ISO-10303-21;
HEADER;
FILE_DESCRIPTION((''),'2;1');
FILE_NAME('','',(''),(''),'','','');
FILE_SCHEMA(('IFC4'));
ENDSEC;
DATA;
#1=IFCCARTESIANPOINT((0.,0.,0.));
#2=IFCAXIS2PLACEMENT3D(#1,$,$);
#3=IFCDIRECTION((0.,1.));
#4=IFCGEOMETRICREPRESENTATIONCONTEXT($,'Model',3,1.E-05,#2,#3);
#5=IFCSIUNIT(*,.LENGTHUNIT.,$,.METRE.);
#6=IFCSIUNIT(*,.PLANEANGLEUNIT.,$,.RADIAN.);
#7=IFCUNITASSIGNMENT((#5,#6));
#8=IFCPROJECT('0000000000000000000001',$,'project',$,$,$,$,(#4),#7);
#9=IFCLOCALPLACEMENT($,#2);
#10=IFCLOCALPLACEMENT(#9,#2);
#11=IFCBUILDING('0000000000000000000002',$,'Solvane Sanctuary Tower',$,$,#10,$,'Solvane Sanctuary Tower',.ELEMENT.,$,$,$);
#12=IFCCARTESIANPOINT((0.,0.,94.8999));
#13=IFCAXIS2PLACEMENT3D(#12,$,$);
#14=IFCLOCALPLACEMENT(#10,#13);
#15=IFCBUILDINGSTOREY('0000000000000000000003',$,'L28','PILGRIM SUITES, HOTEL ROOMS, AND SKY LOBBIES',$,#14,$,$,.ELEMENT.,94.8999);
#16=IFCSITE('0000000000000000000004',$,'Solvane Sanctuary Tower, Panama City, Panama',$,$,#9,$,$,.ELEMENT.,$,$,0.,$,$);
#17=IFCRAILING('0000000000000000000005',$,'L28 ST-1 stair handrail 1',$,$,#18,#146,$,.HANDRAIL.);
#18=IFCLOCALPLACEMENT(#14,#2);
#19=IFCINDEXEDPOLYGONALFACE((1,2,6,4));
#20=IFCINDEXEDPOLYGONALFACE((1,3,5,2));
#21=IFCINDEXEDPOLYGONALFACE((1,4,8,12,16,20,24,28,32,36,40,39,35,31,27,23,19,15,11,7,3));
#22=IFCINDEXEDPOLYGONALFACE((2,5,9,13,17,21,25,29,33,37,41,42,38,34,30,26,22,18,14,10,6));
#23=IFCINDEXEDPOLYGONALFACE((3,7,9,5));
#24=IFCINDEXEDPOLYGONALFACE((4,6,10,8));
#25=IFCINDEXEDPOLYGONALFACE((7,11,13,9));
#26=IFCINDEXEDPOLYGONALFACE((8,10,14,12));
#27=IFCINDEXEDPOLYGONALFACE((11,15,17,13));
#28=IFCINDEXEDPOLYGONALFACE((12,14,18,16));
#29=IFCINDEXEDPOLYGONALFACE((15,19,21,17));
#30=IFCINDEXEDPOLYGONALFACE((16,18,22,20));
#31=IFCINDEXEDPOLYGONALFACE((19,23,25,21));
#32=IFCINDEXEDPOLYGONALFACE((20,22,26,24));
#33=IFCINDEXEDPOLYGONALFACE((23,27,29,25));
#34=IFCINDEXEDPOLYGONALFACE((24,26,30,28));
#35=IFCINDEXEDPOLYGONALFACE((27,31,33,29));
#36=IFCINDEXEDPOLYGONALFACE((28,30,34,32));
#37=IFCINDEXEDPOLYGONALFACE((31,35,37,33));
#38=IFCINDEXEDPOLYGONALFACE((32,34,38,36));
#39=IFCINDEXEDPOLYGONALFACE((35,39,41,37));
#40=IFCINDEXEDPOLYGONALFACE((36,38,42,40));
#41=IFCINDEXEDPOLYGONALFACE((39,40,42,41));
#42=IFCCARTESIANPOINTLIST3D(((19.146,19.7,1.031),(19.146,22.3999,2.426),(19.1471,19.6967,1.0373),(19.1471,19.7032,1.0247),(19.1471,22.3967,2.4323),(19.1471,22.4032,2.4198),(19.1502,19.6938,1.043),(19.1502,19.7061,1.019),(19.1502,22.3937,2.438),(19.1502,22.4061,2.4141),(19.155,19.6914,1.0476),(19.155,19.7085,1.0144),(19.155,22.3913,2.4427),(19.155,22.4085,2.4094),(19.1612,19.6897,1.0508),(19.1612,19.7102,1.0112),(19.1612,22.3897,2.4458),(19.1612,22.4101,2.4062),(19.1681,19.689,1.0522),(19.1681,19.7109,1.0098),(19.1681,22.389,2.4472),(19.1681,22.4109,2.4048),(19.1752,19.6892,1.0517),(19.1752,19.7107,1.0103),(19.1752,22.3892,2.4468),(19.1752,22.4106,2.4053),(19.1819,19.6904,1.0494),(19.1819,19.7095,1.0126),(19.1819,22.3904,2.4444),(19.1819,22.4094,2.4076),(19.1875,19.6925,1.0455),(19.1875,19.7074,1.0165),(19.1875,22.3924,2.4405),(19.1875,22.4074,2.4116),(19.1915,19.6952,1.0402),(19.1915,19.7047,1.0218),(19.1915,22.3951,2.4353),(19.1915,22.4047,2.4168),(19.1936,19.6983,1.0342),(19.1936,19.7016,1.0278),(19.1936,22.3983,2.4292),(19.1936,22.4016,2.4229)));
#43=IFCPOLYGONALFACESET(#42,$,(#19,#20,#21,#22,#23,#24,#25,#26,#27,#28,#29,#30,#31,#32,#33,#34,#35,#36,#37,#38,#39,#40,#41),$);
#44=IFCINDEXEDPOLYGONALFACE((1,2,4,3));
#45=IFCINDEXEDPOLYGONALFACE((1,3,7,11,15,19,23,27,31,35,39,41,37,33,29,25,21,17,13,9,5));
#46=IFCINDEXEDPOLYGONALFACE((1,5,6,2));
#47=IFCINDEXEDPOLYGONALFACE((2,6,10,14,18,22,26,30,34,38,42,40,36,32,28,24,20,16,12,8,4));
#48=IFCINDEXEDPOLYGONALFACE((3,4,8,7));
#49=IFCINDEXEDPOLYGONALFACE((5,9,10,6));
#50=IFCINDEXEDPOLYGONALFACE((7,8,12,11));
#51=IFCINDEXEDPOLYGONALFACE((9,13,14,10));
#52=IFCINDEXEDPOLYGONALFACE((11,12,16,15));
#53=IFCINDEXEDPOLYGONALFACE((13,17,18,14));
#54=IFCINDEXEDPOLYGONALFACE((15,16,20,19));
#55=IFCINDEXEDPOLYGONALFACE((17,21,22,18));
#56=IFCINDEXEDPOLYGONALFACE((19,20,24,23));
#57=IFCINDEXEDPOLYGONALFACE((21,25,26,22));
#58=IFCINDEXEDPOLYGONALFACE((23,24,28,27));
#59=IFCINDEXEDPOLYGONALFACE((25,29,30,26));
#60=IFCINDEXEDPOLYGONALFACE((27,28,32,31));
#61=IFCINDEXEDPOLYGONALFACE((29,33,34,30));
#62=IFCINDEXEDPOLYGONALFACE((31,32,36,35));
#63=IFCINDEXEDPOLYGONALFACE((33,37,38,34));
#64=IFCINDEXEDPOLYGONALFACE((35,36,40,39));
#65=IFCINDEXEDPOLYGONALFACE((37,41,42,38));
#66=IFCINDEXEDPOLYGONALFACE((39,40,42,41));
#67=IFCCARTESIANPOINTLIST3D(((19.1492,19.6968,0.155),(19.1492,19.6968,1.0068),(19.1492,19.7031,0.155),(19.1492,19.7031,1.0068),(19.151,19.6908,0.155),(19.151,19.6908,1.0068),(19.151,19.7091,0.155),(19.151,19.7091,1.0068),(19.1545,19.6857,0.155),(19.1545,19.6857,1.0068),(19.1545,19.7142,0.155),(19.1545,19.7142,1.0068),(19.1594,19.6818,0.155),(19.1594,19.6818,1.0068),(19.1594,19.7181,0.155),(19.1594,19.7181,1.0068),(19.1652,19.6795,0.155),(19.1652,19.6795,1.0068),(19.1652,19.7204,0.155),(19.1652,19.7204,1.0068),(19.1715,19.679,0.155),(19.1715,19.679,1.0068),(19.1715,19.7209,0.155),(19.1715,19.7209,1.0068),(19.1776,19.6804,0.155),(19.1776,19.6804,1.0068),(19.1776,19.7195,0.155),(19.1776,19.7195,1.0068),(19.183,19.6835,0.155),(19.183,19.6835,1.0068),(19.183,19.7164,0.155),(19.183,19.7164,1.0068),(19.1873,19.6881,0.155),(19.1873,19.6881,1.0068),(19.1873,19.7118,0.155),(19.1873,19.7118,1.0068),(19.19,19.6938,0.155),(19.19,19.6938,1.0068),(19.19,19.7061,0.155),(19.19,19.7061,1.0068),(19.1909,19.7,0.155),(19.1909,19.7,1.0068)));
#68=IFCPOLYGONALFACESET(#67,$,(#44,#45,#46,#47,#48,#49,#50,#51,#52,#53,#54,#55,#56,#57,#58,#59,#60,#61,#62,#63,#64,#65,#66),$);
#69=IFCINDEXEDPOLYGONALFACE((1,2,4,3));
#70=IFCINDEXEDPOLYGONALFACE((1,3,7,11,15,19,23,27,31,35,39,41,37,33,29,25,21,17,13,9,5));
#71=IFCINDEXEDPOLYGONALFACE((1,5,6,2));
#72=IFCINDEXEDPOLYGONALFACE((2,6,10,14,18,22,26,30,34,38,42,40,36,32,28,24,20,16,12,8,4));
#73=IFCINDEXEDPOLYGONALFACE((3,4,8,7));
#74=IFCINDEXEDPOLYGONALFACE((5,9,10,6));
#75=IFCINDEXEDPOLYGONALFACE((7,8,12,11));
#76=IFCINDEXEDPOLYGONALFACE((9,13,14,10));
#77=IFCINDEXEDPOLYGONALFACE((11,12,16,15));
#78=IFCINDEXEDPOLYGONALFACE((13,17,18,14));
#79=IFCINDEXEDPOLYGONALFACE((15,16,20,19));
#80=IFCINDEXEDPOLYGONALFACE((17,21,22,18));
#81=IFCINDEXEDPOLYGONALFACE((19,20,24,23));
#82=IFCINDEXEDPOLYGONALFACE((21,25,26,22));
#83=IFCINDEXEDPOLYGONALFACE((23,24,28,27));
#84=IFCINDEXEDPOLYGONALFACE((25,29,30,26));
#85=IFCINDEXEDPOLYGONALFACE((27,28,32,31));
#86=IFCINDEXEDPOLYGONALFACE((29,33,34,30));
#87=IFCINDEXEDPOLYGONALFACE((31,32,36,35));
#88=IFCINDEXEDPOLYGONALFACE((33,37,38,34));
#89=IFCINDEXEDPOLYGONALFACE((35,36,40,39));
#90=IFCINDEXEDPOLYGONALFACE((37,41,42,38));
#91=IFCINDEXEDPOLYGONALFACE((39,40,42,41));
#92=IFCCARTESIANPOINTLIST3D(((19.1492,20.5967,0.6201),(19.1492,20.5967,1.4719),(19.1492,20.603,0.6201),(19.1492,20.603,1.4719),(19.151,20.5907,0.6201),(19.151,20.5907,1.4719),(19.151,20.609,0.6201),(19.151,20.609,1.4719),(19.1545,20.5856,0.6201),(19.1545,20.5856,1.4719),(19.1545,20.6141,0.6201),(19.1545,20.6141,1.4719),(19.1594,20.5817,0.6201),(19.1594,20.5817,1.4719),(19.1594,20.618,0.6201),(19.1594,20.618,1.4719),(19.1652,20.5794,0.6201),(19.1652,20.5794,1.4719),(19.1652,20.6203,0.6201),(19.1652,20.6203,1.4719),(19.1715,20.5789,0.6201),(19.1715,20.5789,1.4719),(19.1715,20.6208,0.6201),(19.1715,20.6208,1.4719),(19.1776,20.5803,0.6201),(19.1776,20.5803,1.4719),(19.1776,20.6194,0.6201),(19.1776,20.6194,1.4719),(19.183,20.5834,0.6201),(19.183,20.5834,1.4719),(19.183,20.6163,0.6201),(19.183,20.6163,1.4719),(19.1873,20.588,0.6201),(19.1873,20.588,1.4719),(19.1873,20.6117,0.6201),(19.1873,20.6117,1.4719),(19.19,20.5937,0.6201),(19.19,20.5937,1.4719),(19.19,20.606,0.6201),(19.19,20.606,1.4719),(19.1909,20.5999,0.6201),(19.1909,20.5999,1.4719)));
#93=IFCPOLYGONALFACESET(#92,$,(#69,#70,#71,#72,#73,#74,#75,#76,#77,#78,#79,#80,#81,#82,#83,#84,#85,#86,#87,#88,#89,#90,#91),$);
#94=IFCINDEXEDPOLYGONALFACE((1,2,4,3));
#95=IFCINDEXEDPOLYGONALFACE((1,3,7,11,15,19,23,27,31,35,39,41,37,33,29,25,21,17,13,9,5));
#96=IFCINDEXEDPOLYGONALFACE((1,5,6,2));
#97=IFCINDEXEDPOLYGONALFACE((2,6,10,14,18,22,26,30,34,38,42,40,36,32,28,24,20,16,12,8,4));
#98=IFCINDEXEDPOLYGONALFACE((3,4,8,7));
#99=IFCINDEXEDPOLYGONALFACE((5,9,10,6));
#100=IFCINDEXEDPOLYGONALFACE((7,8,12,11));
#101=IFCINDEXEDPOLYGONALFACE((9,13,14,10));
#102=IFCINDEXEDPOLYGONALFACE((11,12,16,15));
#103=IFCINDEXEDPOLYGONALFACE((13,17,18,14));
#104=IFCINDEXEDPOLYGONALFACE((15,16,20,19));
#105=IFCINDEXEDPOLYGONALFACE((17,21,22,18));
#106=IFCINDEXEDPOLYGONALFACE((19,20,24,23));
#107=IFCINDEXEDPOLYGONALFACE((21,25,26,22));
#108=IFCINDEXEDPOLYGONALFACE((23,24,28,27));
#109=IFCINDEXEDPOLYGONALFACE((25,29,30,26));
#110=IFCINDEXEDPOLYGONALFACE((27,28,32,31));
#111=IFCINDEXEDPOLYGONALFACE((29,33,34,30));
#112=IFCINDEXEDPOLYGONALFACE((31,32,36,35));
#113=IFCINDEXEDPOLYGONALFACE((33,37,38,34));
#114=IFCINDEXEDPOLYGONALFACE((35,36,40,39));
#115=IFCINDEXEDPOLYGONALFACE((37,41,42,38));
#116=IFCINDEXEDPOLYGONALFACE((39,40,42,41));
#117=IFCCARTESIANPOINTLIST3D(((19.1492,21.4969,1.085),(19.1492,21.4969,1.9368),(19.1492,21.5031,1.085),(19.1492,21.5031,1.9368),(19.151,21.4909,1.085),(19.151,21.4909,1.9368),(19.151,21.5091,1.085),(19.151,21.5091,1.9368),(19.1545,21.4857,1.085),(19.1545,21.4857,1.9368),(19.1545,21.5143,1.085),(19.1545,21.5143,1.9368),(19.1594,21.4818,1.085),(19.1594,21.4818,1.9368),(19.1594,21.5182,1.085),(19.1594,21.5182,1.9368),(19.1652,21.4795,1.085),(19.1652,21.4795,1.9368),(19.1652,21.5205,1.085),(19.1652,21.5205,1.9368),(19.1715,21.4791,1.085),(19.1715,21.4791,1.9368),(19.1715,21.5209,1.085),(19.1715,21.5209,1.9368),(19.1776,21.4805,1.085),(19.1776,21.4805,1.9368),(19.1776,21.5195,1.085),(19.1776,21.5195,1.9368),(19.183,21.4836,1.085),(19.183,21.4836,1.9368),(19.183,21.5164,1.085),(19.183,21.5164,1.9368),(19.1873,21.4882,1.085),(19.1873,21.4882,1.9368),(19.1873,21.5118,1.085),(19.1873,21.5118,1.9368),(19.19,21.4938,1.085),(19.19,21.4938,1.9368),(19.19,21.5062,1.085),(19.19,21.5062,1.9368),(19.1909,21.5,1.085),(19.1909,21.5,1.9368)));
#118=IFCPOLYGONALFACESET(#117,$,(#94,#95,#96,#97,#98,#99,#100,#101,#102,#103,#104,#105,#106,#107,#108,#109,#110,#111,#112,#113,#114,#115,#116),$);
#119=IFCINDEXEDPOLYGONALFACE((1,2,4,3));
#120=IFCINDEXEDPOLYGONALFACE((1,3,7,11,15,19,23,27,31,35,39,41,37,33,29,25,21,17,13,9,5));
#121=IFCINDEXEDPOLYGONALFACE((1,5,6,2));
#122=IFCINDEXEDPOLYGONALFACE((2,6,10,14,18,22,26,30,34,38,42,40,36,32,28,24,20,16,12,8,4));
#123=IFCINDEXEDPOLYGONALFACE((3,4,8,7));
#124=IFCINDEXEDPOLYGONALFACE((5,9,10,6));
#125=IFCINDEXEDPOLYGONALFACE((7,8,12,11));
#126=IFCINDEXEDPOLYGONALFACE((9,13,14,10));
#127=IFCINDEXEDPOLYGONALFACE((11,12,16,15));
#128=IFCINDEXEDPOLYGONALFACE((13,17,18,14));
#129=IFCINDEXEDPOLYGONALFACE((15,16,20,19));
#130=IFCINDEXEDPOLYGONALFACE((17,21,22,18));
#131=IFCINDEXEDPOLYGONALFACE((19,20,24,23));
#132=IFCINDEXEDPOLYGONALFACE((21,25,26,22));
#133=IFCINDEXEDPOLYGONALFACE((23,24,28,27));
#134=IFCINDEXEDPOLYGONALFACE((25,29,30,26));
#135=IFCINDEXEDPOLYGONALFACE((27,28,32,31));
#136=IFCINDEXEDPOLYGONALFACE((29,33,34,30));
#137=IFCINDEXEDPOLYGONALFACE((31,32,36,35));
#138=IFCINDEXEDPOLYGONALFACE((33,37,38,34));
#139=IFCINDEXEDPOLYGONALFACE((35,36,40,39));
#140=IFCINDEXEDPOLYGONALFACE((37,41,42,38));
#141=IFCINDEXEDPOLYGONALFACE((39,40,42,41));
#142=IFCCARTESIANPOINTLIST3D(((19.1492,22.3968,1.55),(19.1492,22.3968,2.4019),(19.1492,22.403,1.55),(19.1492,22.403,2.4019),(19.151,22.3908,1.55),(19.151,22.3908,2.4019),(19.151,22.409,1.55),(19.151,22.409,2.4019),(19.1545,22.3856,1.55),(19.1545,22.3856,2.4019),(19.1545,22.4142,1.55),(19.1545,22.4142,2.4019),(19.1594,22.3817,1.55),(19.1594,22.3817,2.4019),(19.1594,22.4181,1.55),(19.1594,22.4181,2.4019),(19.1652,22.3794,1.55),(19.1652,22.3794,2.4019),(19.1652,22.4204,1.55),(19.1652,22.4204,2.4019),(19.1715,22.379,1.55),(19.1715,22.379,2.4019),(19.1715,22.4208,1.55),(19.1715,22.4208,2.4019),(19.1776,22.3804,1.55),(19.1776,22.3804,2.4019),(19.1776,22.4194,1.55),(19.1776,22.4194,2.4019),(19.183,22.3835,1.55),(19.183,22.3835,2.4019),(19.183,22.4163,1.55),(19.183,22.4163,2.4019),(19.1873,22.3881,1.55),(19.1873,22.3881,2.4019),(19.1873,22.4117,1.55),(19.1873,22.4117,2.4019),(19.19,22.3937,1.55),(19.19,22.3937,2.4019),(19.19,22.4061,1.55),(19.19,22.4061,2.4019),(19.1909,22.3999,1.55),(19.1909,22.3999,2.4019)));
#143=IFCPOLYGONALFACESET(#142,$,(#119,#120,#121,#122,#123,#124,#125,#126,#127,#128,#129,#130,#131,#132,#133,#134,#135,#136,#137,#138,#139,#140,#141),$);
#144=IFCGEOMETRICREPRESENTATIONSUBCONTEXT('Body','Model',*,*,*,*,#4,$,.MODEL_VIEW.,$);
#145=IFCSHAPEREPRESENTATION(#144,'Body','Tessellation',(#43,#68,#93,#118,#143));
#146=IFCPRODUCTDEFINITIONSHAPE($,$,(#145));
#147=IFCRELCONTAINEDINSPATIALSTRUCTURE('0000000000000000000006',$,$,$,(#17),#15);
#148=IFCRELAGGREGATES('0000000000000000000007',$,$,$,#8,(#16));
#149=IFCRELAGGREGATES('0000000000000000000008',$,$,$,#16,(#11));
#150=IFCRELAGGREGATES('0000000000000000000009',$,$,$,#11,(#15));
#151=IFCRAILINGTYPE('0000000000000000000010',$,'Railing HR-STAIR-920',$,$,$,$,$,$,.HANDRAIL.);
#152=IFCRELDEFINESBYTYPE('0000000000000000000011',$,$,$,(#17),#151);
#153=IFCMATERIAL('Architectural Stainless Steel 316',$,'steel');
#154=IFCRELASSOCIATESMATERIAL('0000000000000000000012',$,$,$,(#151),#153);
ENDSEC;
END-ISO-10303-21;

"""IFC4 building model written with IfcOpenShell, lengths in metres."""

from ifc_helpers import new_model, si_unit, direction, frame, origin, origin_2d, place, context, subcontext, project, spatial, circle, extrude, material, type_object, element, save


model = new_model("IFC4")

# Units and contexts
model_context = context("Model", 3, precision=1e-05, world=origin(), true_north=direction((0.0, 1.0)))
body_context = subcontext(model_context, "Body", "Model", "MODEL_VIEW")
ifc_project = project(units=[si_unit("LENGTHUNIT", "METRE"), si_unit("PLANEANGLEUNIT", "RADIAN")], contexts=[model_context])

# Site, building, storey
site_placement = place(None, origin())
site = spatial("IfcSite", under=ifc_project, at=site_placement, Name="Solvane Sanctuary Tower, Panama City, Panama", CompositionType="ELEMENT", RefElevation=0.0)
building_placement = place(site_placement, origin())
building = spatial("IfcBuilding", under=site, at=building_placement, Name="Solvane Sanctuary Tower", LongName="Solvane Sanctuary Tower", CompositionType="ELEMENT")
storey_placement = place(building_placement, frame((0.0, 0.0, 94.8999)))
storey = spatial("IfcBuildingStorey", under=building, at=storey_placement, Name="L28", Description="PILGRIM SUITES, HOTEL ROOMS, AND SKY LOBBIES", CompositionType="ELEMENT", Elevation=94.8999)

# Shared definitions
ifc_material_1 = material(Name="Architectural Stainless Steel 316", Category="steel")

# Railing
railing_type_1 = type_object("IfcRailingType", Name="Railing HR-STAIR-920", PredefinedType="HANDRAIL", material=ifc_material_1)
railing_1_placement = place(storey_placement, frame((19.1699, 19.7, 0.155)))
element("IfcRailing", 1, at=railing_1_placement, inside=storey, type_object=railing_type_1, Name="L28 ST-1 stair handrail 1", PredefinedType="HANDRAIL", context=body_context, shape_type="SweptSolid", body=[
    extrude(circle(Radius=0.0239, at=origin_2d()), frame((0.0, 0.0, 0.876), z_axis=(0.0, 0.88842, 0.459032), x_axis=(-1.0, 0.0, 0.0)), (0.0, 0.0, 1.0), 3.0391),
    extrude(circle(Radius=0.021, at=origin_2d()), origin(), (0.0, 0.0, 1.0), 0.8518),
    extrude(circle(Radius=0.021, at=origin_2d()), frame((0.0, 0.8999, 0.4651)), (0.0, 0.0, 1.0), 0.8518),
    extrude(circle(Radius=0.021, at=origin_2d()), frame((0.0, 1.8, 0.9299)), (0.0, 0.0, 1.0), 0.8518),
    extrude(circle(Radius=0.021, at=origin_2d()), frame((0.0, 2.7, 1.395)), (0.0, 0.0, 1.0), 0.8518),
])

save(model, "model.ifc")
